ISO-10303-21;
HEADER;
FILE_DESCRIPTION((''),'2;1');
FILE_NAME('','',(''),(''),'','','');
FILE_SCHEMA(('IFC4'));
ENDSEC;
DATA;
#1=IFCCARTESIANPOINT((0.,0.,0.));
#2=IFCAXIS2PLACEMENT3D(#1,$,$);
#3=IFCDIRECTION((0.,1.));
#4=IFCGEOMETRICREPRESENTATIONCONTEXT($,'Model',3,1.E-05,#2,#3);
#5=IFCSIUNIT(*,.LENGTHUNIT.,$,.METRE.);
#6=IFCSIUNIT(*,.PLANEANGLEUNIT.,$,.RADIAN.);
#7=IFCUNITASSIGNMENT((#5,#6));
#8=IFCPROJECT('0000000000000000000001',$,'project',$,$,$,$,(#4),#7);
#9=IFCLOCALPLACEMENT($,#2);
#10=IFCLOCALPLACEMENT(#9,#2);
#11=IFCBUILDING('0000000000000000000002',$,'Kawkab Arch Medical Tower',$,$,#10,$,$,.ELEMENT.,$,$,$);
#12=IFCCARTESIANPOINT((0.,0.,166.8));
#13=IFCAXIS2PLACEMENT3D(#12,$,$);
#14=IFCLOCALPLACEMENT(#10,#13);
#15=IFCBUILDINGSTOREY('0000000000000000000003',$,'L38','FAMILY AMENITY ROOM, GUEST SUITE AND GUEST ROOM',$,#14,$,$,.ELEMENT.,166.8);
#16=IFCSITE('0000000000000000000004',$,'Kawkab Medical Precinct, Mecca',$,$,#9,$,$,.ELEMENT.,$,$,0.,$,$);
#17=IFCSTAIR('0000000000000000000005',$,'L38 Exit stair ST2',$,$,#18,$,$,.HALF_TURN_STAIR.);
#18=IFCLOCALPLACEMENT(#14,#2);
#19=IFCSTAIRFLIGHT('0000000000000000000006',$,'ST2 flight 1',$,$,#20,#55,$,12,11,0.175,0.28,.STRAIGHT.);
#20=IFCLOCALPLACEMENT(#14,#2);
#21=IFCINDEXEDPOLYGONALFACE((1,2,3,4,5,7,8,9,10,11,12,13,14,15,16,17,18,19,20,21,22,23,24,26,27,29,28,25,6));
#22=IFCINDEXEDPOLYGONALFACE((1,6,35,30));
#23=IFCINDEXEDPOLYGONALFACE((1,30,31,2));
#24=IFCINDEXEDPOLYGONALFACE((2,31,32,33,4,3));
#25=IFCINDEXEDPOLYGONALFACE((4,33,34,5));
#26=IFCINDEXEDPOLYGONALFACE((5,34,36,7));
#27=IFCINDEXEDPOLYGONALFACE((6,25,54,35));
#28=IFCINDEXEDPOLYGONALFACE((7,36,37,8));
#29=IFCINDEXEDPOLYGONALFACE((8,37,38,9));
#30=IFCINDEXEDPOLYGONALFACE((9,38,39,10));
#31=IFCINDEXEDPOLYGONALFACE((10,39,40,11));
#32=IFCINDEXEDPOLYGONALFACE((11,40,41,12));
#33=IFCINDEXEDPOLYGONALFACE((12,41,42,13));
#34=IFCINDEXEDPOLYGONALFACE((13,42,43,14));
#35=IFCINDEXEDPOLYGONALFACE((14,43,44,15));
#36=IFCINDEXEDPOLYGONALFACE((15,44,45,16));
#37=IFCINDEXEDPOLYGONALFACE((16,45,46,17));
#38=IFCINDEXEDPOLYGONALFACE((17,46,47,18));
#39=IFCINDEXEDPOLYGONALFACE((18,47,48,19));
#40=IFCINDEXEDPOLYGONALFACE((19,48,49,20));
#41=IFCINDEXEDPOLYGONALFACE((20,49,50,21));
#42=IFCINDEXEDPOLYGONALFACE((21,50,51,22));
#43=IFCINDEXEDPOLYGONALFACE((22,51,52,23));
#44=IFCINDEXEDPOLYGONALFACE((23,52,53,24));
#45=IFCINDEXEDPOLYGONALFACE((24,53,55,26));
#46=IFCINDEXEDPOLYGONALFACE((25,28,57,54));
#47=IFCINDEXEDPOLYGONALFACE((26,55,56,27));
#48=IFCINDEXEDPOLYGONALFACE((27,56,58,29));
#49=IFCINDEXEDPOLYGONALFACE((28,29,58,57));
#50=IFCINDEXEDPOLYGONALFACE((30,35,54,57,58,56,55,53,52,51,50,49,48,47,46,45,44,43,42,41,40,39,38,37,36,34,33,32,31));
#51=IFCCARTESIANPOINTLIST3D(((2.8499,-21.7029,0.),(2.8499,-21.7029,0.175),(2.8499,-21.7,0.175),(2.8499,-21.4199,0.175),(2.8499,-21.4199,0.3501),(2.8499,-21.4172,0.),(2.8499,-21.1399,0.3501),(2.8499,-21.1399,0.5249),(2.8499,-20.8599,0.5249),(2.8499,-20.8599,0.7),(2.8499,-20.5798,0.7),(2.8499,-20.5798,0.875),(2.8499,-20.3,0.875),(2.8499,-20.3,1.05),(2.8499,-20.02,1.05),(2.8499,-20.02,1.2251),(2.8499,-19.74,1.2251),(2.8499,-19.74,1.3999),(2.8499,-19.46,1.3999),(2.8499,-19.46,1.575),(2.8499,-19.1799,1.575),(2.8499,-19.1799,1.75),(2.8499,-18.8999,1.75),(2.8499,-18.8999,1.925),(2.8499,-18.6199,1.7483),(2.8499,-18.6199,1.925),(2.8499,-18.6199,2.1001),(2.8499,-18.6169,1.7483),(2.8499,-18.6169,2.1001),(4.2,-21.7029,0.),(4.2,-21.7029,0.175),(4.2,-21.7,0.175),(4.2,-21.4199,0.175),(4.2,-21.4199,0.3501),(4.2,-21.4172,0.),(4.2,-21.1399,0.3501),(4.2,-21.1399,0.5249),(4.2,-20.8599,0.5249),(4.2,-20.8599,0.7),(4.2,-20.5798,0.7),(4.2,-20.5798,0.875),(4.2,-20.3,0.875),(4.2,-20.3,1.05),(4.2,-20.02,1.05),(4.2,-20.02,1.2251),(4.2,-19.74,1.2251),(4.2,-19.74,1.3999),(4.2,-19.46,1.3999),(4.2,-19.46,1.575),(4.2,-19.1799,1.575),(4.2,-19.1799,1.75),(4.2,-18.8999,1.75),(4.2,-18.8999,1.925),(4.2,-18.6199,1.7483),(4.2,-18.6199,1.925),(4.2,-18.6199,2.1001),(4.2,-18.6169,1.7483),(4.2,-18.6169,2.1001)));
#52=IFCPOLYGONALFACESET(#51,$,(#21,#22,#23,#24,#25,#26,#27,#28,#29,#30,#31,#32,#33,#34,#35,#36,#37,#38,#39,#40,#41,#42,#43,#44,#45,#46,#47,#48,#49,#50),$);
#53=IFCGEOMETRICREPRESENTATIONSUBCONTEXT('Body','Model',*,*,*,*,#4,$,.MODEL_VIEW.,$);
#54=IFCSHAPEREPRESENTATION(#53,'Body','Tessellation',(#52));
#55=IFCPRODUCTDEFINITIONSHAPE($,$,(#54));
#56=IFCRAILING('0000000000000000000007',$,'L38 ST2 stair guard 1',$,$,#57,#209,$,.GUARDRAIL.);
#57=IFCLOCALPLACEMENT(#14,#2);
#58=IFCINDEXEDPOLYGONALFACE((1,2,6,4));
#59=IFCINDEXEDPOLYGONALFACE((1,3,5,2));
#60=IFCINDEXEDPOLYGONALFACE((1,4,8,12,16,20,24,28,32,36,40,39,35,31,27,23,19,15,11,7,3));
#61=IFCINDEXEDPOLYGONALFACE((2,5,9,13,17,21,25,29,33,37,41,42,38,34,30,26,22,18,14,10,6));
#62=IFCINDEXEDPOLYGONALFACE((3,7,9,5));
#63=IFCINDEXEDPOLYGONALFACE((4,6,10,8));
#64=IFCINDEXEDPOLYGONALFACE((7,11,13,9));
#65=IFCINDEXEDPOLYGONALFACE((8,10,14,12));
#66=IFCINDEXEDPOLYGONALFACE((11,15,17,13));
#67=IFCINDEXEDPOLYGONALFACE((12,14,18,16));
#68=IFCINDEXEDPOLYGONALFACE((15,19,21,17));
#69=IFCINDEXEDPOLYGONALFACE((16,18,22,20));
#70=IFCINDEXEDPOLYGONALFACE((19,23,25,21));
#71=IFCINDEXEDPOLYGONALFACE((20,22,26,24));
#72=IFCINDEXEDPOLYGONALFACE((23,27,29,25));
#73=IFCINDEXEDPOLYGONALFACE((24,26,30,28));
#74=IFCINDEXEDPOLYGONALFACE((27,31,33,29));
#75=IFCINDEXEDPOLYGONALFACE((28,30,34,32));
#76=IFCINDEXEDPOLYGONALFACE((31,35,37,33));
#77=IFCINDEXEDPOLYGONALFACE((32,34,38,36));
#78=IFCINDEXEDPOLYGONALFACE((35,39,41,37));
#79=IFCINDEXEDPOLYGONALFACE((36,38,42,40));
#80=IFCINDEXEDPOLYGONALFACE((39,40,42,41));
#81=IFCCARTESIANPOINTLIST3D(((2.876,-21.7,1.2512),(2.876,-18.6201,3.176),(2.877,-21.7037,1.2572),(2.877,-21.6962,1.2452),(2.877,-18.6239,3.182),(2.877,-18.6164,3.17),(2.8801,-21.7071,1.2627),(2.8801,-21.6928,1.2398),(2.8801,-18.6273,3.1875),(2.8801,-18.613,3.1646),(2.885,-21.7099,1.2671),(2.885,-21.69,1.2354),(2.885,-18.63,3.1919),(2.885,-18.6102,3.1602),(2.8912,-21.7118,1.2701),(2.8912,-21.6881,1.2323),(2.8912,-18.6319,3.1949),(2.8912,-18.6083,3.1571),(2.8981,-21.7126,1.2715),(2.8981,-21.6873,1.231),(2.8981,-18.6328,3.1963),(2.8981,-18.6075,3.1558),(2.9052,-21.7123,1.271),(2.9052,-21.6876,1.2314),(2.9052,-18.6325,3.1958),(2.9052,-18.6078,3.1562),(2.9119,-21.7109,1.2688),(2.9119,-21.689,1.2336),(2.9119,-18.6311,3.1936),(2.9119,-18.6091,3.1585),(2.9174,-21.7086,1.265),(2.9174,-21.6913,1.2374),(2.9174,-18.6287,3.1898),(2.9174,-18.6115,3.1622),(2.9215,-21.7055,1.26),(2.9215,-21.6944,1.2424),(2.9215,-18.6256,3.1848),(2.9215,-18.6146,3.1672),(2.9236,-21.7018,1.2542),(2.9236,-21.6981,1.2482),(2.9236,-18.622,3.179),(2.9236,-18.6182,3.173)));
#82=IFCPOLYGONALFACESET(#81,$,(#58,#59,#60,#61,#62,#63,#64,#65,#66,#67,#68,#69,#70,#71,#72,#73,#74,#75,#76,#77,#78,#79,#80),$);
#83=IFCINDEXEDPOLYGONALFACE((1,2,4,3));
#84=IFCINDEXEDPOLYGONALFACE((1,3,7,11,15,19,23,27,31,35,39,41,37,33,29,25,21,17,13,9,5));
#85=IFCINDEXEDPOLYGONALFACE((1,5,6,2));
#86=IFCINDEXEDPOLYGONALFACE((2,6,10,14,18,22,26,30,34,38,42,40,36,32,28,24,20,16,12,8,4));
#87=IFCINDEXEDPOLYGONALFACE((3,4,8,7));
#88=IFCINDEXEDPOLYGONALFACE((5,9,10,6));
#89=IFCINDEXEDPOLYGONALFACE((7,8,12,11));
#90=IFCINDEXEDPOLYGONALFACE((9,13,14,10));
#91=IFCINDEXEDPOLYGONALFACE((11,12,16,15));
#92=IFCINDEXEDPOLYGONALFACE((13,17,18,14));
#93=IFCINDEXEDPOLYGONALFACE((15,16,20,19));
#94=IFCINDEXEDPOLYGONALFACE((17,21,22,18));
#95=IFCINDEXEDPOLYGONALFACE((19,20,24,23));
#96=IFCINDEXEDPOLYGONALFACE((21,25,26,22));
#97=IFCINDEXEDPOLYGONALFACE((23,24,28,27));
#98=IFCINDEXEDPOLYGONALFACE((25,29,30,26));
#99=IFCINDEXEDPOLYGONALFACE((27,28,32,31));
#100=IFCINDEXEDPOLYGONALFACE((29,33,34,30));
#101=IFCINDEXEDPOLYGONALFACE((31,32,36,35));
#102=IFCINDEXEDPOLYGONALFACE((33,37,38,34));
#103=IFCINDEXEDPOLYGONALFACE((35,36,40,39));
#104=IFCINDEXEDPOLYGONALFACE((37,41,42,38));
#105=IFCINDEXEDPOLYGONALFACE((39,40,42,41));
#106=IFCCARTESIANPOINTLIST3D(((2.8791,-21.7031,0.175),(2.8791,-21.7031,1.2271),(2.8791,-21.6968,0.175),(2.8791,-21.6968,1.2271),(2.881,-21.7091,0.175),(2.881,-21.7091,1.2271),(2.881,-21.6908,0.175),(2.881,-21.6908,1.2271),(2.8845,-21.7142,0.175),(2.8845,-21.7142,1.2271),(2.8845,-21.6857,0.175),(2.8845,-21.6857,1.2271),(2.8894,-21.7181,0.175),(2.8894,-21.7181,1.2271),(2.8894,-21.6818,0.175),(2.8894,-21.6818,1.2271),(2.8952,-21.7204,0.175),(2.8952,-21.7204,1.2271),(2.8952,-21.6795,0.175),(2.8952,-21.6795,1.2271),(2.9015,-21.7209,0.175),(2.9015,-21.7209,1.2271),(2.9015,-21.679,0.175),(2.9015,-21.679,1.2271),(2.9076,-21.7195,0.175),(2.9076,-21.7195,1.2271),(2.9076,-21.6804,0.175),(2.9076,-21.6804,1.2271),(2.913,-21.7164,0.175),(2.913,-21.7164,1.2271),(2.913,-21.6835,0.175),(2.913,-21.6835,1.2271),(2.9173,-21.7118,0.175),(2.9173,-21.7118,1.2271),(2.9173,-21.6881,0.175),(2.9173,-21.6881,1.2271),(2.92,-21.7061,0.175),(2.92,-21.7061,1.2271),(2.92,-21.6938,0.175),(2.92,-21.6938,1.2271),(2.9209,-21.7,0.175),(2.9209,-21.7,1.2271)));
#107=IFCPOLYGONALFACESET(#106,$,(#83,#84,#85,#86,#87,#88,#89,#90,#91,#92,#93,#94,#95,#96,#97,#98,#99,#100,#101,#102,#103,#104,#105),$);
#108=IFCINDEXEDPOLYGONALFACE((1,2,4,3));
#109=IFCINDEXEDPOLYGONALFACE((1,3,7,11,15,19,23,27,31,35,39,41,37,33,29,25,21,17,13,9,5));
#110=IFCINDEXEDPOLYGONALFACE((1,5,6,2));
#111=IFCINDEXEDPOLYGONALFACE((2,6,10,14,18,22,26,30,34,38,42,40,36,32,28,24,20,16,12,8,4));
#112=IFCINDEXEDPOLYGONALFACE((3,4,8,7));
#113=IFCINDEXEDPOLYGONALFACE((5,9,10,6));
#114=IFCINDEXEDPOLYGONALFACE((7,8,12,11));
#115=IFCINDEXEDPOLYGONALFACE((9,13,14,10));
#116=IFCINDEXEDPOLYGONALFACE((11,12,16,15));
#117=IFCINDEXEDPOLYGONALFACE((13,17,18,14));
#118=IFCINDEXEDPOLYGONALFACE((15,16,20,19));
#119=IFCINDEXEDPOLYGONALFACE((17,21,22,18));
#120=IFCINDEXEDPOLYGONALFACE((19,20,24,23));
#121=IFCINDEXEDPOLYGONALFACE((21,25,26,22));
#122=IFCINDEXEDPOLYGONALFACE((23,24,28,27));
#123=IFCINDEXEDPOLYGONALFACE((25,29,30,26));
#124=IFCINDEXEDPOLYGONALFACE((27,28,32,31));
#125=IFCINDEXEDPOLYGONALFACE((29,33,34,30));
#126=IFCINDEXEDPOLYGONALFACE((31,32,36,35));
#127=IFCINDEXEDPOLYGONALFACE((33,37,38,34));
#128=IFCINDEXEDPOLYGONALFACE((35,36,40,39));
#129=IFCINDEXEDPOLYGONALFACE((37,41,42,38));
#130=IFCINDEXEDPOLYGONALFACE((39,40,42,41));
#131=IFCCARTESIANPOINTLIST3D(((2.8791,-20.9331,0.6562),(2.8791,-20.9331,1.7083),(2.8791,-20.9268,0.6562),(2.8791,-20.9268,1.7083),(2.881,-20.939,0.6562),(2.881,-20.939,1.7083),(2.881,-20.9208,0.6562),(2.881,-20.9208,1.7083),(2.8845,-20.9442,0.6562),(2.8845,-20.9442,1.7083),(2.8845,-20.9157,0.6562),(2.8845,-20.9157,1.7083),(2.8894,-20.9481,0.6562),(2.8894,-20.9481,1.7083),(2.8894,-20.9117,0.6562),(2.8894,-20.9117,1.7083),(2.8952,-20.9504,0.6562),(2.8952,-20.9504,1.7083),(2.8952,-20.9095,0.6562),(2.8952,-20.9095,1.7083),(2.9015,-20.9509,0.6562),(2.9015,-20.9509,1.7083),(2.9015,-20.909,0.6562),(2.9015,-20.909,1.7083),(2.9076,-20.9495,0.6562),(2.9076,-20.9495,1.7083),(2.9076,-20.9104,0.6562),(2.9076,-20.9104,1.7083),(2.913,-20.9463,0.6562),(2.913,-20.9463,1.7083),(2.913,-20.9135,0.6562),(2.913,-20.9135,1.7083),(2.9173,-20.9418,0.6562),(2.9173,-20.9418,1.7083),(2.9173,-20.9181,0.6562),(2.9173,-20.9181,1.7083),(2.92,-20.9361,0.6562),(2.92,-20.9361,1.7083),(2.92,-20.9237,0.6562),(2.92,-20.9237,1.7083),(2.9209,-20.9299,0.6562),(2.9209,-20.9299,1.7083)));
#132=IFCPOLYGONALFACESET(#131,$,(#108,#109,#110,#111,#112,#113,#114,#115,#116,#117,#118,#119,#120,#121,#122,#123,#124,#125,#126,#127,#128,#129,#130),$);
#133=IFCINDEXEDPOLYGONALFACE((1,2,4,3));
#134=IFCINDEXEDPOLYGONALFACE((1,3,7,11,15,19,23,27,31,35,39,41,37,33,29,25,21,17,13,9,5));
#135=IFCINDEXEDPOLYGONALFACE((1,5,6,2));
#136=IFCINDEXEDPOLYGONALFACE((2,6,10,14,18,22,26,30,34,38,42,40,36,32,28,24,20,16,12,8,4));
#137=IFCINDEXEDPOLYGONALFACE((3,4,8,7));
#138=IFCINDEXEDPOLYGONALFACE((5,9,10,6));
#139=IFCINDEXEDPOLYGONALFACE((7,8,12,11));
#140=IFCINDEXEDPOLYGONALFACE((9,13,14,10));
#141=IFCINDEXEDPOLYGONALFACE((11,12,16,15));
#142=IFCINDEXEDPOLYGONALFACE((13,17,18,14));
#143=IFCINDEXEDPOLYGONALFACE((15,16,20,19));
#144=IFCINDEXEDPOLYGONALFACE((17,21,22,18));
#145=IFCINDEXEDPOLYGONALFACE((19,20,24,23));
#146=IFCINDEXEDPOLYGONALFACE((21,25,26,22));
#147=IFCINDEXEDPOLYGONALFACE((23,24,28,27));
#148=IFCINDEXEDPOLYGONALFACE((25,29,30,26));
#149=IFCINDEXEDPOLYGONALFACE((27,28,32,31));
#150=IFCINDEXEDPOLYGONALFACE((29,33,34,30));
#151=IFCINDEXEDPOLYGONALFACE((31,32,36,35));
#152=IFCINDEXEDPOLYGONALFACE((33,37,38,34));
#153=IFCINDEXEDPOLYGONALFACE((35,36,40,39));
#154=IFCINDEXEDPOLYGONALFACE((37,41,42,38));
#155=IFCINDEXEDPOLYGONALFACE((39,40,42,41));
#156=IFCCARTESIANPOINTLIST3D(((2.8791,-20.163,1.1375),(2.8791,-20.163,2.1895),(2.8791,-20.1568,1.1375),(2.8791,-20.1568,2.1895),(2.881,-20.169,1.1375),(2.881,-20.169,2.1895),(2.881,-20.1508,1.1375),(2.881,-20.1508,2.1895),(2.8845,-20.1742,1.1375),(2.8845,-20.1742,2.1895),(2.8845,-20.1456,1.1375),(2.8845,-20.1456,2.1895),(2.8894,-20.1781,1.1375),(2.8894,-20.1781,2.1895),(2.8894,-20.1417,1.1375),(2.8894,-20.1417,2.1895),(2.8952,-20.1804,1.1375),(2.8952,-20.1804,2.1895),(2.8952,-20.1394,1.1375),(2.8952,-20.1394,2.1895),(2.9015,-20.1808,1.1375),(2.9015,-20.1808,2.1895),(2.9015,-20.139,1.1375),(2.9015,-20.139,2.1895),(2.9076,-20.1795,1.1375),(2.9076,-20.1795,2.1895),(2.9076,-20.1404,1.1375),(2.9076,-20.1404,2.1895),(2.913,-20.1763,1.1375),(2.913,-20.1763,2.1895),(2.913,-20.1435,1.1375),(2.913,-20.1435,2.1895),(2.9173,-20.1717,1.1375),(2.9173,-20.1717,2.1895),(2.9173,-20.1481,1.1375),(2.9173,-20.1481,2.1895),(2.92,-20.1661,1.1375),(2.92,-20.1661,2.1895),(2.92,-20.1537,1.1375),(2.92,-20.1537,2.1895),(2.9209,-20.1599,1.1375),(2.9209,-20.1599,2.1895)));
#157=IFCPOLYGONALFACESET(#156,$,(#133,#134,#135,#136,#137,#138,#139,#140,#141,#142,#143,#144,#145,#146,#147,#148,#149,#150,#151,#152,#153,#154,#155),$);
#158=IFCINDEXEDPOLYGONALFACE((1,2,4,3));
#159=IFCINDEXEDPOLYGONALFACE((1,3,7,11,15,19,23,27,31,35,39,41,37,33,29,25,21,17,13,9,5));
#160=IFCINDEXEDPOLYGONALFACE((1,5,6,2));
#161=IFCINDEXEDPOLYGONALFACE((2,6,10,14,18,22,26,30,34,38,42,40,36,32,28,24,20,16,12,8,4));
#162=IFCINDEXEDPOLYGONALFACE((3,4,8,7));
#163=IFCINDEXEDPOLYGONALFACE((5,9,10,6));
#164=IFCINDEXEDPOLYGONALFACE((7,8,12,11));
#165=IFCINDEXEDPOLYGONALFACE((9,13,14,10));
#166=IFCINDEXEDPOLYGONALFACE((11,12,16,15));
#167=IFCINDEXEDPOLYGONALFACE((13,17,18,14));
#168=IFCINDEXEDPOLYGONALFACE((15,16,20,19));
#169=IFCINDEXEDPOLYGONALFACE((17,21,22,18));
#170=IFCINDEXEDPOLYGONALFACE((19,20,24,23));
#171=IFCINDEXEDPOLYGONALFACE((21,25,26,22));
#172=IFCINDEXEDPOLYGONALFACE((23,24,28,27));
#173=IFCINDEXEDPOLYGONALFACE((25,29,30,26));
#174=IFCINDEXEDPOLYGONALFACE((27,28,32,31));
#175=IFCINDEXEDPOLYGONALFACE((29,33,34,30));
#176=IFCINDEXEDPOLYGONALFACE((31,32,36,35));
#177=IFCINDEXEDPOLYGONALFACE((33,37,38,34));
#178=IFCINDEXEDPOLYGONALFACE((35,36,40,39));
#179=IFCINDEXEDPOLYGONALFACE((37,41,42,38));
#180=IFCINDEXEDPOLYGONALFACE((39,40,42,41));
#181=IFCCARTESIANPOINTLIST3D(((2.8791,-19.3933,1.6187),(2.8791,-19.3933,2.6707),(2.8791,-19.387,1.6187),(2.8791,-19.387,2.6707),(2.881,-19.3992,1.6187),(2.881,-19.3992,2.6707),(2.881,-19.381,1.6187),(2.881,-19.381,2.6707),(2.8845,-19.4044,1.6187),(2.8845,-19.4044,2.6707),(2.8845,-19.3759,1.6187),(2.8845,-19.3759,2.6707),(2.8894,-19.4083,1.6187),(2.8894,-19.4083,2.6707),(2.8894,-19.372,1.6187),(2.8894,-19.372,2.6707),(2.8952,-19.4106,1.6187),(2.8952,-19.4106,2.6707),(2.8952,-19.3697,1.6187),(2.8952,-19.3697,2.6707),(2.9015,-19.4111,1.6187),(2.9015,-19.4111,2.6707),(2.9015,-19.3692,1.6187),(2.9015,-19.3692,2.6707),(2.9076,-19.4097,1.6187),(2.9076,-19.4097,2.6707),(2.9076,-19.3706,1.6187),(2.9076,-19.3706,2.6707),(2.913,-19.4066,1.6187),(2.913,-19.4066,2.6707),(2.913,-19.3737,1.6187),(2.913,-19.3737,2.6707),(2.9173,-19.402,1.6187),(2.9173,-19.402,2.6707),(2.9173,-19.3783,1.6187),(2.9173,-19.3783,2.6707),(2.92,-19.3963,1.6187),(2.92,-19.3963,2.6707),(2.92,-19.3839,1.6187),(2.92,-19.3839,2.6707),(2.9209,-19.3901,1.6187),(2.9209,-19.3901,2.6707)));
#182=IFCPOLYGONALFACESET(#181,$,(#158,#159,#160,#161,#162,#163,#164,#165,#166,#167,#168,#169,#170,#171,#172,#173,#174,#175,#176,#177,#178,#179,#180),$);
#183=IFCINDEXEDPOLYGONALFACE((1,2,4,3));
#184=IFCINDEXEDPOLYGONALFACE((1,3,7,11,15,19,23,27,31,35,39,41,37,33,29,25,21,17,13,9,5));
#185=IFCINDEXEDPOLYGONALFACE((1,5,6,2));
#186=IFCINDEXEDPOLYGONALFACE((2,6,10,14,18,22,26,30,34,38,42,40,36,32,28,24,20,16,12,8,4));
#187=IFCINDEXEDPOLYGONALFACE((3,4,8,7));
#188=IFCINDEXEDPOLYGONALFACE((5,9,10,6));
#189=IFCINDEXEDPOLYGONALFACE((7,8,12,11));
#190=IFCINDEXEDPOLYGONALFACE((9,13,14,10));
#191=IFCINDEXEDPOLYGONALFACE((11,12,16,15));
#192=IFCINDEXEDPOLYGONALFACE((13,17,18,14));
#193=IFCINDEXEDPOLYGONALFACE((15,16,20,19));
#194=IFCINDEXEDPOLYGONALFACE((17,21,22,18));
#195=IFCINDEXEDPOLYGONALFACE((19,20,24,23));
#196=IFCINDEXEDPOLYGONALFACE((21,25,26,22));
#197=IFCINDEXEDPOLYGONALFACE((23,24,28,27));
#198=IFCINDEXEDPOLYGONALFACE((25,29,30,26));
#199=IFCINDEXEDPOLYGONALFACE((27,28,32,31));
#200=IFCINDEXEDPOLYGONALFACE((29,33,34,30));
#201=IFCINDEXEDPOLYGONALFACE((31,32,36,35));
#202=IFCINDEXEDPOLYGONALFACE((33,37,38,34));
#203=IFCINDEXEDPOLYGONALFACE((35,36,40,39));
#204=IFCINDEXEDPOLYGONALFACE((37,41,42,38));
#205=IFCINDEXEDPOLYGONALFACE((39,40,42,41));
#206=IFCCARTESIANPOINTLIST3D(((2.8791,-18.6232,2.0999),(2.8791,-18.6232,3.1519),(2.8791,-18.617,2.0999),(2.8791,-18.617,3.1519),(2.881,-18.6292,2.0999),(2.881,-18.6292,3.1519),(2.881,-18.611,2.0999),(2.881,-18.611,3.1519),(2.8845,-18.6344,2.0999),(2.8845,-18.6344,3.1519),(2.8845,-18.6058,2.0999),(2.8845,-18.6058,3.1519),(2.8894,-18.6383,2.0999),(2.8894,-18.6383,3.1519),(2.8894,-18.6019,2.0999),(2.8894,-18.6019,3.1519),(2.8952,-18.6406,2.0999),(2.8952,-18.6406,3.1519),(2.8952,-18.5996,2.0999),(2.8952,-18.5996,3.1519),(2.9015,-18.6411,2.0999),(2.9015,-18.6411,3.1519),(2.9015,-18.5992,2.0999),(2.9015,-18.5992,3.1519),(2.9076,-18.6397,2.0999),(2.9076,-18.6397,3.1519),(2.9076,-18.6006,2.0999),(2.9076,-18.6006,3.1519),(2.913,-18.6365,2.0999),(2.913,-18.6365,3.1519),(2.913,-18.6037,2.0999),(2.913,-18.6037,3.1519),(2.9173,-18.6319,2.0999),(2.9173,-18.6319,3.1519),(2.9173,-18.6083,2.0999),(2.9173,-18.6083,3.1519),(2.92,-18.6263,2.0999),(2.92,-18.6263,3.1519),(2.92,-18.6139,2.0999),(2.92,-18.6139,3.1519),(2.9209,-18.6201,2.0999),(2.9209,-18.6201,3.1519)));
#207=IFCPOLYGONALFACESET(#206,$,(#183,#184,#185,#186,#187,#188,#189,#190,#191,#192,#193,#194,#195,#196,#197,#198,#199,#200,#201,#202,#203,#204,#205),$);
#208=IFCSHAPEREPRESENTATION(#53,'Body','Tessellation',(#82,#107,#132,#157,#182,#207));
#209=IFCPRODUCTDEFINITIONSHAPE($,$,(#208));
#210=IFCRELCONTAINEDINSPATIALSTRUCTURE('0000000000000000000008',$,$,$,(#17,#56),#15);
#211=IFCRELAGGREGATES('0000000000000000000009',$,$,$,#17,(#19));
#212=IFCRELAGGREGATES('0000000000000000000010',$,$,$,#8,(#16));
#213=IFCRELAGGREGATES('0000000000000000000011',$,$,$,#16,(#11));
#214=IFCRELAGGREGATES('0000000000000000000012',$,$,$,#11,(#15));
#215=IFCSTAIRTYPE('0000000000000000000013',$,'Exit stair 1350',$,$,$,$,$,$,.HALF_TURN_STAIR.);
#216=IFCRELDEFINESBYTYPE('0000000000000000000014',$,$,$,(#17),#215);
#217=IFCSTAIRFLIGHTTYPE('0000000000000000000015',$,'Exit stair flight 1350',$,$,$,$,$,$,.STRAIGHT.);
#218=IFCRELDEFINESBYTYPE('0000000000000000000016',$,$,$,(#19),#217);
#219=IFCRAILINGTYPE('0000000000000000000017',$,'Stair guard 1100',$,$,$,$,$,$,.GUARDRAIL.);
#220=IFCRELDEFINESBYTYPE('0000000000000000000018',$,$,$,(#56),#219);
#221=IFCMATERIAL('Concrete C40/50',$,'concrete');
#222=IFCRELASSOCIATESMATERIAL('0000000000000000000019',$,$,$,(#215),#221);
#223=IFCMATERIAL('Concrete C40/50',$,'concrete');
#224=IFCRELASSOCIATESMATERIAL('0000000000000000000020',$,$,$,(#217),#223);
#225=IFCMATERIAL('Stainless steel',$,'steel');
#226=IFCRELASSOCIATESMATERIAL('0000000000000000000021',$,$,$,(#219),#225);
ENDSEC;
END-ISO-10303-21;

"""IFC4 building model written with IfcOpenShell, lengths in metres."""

from ifc_helpers import new_model, si_unit, direction, frame, origin, origin_2d, place, context, subcontext, project, spatial, polyline, circle, outline, extrude, material, type_object, element, aggregate, save


model = new_model("IFC4")

# Units and contexts
model_context = context("Model", 3, precision=1e-05, world=origin(), true_north=direction((0.0, 1.0)))
body_context = subcontext(model_context, "Body", "Model", "MODEL_VIEW")
ifc_project = project(units=[si_unit("LENGTHUNIT", "METRE"), si_unit("PLANEANGLEUNIT", "RADIAN")], contexts=[model_context])

# Site, building, storey
site_placement = place(None, origin())
site = spatial("IfcSite", under=ifc_project, at=site_placement, Name="Kawkab Medical Precinct, Mecca", CompositionType="ELEMENT", RefElevation=0.0)
building_placement = place(site_placement, origin())
building = spatial("IfcBuilding", under=site, at=building_placement, Name="Kawkab Arch Medical Tower", CompositionType="ELEMENT")
storey_placement = place(building_placement, frame((0.0, 0.0, 166.8)))
storey = spatial("IfcBuildingStorey", under=building, at=storey_placement, Name="L38", Description="FAMILY AMENITY ROOM, GUEST SUITE AND GUEST ROOM", CompositionType="ELEMENT", Elevation=166.8)

# Stair, stair flight
ifc_material_1 = material(Name="Concrete C40/50", Category="concrete")
stair_type = type_object("IfcStairType", Name="Exit stair 1350", PredefinedType="HALF_TURN_STAIR", material=ifc_material_1)
stair_placement = place(storey_placement, origin())
stair = element("IfcStair", 1, at=stair_placement, inside=storey, type_object=stair_type, Name="L38 Exit stair ST2", PredefinedType="HALF_TURN_STAIR")
ifc_material_2 = material(Name="Concrete C40/50", Category="concrete")
stair_flight_type = type_object("IfcStairFlightType", Name="Exit stair flight 1350", PredefinedType="STRAIGHT", material=ifc_material_2)
stair_flight_placement = place(storey_placement, frame((3.5249, -21.7, 0.0), z_axis=(0.0, 0.0, 1.0), x_axis=(0.0, 1.0, 0.0)))
stair_flight = element("IfcStairFlight", 2, at=stair_flight_placement, type_object=stair_flight_type, Name="ST2 flight 1", NumberOfRisers=12, NumberOfTreads=11, PredefinedType="STRAIGHT", RiserHeight=0.175, TreadLength=0.28, context=body_context, shape_type="SweptSolid", body=[
    extrude(outline(polyline([(-0.0029, 0.0), (-0.0029, 0.175), (0.0, 0.175), (0.28, 0.175), (0.28, 0.3501), (0.5601, 0.3501), (0.5601, 0.5249), (0.8401, 0.5249), (0.8401, 0.7), (1.1201, 0.7), (1.1201, 0.875), (1.3999, 0.875), (1.3999, 1.05), (1.6799, 1.05), (1.6799, 1.2251), (1.96, 1.2251), (1.96, 1.3999), (2.24, 1.3999), (2.24, 1.575), (2.52, 1.575), (2.52, 1.75), (2.8, 1.75), (2.8, 1.925), (3.0801, 1.925), (3.0801, 2.1001), (3.083, 2.1001), (3.083, 1.7483), (3.0801, 1.7483), (0.2827, 0.0), (-0.0029, 0.0)])), frame((0.0, 0.675, 0.0), z_axis=(0.0, -1.0, 0.0), x_axis=(1.0, 0.0, 0.0)), (0.0, 0.0, 1.0), 1.3501),
])
aggregate(stair, [stair_flight])

# Railing
ifc_material_3 = material(Name="Stainless steel", Category="steel")
railing_type = type_object("IfcRailingType", Name="Stair guard 1100", PredefinedType="GUARDRAIL", material=ifc_material_3)
railing_1_placement = place(storey_placement, frame((2.8999, -21.7, 0.175)))
element("IfcRailing", 3, at=railing_1_placement, inside=storey, type_object=railing_type, Name="L38 ST2 stair guard 1", PredefinedType="GUARDRAIL", context=body_context, shape_type="SweptSolid", body=[
    extrude(circle(Radius=0.0239, at=origin_2d()), frame((0.0, 0.0, 1.0762), z_axis=(0.0, 0.84801, 0.529981), x_axis=(-1.0, 0.0, 0.0)), (0.0, 0.0, 1.0), 3.6318),
    extrude(circle(Radius=0.021, at=origin_2d()), origin(), (0.0, 0.0, 1.0), 1.052),
    extrude(circle(Radius=0.021, at=origin_2d()), frame((0.0, 0.77, 0.4812)), (0.0, 0.0, 1.0), 1.052),
    extrude(circle(Radius=0.021, at=origin_2d()), frame((0.0, 1.54, 0.9624)), (0.0, 0.0, 1.0), 1.052),
    extrude(circle(Radius=0.021, at=origin_2d()), frame((0.0, 2.3098, 1.4436)), (0.0, 0.0, 1.0), 1.052),
    extrude(circle(Radius=0.021, at=origin_2d()), frame((0.0, 3.0798, 1.9248)), (0.0, 0.0, 1.0), 1.052),
])

save(model, "model.ifc")
